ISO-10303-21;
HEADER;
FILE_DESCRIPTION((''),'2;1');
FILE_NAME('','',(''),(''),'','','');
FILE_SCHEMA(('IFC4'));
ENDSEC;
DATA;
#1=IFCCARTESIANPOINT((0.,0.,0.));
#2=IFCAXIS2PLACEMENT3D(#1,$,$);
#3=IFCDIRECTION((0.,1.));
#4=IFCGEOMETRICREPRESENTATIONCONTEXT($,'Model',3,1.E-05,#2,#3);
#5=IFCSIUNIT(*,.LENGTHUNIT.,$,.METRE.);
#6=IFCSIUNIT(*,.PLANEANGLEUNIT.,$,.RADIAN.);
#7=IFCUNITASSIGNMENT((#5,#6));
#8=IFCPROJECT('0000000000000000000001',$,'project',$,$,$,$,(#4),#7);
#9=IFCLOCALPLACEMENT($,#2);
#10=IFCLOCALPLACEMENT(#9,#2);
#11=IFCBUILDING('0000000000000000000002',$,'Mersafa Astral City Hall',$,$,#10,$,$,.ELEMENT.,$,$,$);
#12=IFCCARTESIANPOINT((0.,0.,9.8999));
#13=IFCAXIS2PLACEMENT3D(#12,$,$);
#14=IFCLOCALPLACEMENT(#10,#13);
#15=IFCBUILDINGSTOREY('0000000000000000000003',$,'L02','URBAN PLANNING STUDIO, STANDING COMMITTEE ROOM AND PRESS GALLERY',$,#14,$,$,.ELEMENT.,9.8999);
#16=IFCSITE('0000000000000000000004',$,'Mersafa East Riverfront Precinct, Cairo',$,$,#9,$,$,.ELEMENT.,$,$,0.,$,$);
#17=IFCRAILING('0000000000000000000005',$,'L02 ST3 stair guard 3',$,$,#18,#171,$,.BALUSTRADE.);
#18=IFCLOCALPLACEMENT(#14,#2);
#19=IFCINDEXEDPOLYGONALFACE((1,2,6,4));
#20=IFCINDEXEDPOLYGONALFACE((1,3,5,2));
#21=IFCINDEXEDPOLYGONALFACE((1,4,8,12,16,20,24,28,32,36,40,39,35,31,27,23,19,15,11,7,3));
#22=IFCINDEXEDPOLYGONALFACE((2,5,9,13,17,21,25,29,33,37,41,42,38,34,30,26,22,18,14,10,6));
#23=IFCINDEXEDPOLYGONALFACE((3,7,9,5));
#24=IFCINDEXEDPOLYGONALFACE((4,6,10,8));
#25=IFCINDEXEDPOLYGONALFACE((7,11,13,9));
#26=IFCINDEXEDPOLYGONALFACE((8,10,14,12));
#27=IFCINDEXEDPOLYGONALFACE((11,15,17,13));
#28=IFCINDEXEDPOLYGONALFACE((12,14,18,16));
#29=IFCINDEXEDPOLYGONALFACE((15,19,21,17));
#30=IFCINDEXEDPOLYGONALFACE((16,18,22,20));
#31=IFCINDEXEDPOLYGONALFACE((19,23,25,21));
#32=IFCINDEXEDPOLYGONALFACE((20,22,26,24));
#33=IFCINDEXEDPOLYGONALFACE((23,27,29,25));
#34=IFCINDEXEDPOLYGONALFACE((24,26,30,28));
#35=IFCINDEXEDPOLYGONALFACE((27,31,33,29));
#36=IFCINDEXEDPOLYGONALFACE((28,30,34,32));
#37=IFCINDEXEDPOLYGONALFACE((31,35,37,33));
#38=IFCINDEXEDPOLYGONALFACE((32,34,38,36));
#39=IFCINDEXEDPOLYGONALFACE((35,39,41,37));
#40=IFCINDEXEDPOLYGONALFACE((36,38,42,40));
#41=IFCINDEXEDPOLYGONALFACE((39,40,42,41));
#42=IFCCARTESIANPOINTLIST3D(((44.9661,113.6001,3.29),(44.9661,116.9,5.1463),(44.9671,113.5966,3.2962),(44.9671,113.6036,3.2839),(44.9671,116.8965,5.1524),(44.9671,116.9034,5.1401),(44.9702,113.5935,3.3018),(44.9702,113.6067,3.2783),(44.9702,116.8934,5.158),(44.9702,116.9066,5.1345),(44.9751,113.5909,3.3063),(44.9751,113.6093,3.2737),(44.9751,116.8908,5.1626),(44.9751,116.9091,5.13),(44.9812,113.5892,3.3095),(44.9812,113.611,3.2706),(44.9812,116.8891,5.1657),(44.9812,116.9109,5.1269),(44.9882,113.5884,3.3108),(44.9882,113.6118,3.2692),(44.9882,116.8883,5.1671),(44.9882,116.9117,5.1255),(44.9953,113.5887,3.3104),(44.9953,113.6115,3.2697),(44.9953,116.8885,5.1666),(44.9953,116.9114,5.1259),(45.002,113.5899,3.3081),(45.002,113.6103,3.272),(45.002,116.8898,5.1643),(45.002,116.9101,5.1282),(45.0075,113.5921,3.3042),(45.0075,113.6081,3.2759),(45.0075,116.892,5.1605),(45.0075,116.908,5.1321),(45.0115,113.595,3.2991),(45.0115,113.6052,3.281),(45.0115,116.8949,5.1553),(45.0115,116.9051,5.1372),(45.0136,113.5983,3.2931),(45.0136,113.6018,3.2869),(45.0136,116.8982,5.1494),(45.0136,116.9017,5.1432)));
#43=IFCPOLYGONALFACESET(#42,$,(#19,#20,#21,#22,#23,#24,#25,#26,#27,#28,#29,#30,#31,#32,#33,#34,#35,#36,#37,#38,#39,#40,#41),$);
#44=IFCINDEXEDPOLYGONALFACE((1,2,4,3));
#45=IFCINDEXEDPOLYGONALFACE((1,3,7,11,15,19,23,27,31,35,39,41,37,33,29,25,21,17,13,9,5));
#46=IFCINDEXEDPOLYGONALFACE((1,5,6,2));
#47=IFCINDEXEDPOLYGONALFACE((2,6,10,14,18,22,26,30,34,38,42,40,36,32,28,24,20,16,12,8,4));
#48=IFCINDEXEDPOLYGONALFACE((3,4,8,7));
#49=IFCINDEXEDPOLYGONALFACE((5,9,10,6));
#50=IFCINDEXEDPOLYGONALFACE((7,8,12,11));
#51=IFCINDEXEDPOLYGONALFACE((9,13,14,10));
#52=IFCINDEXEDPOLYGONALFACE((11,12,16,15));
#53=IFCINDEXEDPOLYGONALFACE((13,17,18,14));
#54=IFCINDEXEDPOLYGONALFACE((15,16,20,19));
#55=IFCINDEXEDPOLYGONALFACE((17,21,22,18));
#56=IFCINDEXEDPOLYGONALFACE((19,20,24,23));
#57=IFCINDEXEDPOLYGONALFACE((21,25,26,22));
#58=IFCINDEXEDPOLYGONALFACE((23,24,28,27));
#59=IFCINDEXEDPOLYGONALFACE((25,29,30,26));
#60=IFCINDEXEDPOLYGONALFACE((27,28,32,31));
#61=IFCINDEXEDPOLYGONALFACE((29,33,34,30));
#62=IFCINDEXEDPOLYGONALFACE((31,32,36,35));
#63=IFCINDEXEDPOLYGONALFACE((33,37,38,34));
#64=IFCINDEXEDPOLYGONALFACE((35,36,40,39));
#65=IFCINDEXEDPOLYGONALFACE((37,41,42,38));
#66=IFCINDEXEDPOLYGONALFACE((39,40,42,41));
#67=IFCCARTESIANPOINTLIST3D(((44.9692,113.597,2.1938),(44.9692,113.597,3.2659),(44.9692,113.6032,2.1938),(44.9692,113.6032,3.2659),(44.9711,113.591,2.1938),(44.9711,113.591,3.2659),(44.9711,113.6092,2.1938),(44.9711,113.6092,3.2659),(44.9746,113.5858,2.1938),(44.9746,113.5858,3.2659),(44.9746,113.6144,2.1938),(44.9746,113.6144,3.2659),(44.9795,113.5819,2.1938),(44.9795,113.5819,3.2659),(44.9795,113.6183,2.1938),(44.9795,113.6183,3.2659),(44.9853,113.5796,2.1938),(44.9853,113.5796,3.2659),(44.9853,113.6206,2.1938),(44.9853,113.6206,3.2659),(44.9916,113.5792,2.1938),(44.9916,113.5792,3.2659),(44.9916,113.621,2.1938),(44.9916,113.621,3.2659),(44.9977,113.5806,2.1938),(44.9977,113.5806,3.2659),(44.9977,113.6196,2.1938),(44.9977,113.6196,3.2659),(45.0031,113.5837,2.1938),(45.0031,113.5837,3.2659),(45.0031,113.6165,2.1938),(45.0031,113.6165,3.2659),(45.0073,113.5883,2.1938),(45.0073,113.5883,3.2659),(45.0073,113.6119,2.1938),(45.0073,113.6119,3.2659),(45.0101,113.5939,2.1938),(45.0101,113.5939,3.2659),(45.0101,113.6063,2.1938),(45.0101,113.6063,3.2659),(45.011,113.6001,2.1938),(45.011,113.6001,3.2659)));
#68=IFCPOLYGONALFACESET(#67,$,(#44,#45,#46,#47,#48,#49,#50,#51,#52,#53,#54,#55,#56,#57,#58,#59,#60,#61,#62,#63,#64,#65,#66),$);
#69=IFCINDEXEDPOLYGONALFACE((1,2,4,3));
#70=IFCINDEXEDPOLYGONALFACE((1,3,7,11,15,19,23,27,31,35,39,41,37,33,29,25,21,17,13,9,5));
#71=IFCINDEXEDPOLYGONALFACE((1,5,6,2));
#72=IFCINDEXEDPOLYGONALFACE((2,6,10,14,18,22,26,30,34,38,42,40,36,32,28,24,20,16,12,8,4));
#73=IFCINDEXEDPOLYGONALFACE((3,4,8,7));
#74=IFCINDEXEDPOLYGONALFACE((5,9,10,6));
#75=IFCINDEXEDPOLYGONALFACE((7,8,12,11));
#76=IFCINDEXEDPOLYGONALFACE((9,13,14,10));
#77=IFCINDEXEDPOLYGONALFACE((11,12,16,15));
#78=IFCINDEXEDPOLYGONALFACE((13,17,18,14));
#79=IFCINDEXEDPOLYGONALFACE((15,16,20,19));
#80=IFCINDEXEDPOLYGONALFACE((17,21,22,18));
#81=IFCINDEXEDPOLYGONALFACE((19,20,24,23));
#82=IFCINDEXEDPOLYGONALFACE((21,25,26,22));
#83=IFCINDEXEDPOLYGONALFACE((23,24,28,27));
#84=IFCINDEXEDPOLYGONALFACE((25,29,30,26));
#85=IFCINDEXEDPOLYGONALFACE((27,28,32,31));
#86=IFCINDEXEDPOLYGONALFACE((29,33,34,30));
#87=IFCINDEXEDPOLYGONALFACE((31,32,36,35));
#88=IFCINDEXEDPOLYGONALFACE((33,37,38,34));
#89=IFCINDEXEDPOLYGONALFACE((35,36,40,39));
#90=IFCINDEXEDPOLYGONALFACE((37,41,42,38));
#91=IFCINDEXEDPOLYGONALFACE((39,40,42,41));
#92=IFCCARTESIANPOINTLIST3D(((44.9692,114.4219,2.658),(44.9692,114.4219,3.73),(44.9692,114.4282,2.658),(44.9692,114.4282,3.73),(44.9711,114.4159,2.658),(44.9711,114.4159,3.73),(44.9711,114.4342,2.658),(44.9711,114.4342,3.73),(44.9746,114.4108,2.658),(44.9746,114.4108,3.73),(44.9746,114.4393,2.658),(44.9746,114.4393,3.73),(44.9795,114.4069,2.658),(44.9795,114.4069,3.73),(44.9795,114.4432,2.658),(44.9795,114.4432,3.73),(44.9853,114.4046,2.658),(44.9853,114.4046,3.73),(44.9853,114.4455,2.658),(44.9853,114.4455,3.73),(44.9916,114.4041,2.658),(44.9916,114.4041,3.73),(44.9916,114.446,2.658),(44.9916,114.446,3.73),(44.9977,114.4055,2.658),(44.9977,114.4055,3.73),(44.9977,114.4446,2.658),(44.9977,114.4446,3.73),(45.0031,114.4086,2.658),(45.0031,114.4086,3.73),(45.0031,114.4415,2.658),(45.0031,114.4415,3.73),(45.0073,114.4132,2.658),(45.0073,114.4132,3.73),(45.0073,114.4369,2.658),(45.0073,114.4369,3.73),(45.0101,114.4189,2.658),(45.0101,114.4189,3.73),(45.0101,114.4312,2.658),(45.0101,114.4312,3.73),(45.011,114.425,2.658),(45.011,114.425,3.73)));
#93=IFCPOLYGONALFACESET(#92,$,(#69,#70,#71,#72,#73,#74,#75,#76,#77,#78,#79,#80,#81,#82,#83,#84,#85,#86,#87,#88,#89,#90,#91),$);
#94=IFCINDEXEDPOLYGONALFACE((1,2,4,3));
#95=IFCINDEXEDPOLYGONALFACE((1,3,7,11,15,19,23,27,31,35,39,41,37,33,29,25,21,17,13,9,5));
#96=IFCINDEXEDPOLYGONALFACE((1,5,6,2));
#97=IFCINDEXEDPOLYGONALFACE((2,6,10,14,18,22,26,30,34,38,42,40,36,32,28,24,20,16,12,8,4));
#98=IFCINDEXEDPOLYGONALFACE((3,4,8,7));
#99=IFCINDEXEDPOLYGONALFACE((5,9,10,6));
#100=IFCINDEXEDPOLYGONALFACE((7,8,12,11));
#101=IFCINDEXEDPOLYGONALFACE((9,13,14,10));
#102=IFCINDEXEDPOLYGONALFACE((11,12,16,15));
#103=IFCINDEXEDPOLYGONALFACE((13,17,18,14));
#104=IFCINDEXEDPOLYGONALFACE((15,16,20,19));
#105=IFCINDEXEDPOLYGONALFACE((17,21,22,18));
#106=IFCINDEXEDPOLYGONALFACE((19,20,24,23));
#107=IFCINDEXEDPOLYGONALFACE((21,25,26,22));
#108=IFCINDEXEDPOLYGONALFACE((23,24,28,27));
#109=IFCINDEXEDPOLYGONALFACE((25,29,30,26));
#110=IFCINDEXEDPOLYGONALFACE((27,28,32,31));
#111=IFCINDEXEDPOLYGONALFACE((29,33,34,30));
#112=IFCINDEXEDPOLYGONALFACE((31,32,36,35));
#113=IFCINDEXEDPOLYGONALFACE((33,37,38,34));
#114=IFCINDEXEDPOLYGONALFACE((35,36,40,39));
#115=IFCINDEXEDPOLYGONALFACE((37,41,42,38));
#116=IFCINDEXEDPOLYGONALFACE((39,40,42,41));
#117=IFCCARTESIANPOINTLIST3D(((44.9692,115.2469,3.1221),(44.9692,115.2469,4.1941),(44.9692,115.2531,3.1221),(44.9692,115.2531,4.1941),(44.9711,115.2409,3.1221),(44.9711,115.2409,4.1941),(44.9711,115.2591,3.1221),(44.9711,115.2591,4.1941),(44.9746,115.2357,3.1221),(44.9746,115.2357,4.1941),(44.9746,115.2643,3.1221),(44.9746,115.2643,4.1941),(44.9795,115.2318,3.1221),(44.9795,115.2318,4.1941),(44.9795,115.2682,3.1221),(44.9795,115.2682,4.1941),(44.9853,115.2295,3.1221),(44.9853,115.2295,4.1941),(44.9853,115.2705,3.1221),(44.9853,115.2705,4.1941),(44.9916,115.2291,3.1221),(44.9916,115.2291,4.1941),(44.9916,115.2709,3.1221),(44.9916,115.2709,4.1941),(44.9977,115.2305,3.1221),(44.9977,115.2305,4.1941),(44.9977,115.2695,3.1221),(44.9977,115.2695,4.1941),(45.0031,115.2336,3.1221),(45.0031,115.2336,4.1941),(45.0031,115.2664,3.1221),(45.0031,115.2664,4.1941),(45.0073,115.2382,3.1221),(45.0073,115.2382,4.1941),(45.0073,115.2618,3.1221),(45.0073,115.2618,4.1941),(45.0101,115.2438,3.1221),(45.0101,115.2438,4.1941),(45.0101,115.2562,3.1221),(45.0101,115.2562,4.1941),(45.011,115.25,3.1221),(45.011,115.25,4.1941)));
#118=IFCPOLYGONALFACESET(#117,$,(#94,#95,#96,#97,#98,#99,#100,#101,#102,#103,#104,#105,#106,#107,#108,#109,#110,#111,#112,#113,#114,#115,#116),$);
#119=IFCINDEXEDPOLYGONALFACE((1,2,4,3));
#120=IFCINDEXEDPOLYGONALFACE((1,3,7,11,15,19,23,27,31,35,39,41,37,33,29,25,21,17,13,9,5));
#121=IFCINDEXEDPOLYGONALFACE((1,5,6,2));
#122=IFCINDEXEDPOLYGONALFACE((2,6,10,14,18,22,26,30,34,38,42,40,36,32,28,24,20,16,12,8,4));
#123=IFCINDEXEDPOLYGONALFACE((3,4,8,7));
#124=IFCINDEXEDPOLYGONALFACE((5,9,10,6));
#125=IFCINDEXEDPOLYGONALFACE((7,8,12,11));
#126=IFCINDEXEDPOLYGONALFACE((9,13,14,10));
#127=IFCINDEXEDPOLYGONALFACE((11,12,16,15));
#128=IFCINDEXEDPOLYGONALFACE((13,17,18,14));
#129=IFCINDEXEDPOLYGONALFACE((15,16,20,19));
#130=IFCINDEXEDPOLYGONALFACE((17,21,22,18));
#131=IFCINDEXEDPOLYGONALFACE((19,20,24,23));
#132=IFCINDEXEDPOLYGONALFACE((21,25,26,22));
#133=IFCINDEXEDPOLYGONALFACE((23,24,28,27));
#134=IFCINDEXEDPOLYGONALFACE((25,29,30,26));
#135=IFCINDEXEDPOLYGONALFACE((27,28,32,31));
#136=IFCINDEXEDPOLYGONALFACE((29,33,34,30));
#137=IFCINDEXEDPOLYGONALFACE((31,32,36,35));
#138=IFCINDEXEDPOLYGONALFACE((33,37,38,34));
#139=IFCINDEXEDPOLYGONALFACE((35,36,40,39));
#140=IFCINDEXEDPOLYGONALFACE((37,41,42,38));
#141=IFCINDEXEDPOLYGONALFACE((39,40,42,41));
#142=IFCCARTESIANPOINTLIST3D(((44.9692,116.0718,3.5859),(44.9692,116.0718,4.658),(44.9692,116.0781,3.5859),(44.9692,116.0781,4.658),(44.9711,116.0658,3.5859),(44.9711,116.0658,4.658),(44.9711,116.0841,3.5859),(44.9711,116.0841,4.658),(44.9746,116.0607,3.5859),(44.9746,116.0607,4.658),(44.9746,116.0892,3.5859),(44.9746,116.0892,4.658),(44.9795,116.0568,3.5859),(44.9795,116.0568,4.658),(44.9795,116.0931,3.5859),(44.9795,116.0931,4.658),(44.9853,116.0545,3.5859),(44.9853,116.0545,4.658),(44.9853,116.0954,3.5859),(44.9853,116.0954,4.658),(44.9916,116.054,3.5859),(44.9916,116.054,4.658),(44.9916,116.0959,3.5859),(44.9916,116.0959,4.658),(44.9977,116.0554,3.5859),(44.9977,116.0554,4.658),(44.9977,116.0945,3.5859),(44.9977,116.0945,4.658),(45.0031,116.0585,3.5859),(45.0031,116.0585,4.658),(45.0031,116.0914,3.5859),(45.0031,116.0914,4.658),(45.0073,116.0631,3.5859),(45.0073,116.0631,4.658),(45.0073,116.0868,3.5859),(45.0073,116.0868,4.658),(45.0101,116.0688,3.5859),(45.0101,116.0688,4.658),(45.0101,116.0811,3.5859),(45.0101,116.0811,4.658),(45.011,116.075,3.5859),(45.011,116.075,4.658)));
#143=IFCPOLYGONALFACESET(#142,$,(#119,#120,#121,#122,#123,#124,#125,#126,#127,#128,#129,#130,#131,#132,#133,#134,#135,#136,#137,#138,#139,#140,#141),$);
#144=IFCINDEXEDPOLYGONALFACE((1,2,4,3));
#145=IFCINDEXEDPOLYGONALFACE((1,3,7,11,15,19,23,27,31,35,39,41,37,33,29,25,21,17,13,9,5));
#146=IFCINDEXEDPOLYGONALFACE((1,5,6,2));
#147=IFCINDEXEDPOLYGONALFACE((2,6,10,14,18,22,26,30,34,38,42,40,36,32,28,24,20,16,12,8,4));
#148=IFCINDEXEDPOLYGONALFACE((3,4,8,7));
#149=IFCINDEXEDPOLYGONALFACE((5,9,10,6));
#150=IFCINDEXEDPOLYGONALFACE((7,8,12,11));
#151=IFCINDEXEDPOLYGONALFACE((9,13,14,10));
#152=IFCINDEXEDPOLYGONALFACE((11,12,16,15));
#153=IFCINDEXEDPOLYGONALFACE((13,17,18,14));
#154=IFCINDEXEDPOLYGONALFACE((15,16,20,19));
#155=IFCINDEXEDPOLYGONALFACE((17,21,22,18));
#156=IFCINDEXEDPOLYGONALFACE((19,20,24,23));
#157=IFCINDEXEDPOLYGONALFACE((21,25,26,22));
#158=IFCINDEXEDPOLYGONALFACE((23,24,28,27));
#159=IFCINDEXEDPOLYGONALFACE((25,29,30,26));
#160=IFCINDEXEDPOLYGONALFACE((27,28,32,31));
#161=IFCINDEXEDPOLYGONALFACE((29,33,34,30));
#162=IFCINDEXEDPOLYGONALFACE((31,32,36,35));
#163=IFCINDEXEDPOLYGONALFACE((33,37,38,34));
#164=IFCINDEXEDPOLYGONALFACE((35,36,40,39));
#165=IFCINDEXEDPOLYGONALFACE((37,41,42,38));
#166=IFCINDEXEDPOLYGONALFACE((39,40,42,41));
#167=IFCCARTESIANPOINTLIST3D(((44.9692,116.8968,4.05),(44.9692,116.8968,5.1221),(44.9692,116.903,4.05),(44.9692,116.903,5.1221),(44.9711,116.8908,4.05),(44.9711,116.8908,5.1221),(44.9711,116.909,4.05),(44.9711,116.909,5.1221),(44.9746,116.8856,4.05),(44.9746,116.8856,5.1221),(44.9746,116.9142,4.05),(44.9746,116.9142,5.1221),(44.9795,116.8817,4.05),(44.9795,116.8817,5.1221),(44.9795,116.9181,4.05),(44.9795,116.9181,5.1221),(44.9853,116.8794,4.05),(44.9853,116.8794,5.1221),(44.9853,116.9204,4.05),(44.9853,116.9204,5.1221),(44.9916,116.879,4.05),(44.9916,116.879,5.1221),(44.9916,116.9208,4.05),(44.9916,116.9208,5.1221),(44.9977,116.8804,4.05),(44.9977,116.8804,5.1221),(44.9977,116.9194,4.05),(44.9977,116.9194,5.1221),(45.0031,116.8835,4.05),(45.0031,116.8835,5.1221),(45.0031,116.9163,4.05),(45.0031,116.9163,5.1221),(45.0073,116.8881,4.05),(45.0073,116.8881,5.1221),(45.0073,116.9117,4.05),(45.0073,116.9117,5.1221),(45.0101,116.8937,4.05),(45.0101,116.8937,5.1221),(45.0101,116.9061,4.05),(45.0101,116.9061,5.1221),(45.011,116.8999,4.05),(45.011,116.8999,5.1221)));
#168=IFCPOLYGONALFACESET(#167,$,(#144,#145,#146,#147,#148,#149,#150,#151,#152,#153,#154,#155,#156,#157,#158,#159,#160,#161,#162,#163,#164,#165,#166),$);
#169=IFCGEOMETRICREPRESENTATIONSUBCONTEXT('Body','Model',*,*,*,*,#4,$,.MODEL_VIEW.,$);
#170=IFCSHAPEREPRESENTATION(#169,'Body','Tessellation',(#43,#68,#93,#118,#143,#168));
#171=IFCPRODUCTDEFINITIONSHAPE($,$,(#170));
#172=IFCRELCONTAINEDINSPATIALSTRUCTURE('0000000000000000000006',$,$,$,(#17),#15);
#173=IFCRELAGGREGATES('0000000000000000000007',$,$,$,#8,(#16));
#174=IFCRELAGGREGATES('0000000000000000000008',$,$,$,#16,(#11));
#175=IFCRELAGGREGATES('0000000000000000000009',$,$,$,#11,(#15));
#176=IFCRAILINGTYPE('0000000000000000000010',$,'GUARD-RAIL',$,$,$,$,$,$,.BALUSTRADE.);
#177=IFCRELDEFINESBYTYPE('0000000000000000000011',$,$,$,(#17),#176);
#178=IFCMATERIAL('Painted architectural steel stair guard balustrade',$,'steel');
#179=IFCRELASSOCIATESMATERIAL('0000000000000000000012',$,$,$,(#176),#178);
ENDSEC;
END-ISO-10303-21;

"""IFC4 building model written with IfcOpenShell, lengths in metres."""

from ifc_helpers import new_model, si_unit, direction, frame, origin, origin_2d, place, context, subcontext, project, spatial, circle, extrude, material, type_object, element, save


model = new_model("IFC4")

# Units and contexts
model_context = context("Model", 3, precision=1e-05, world=origin(), true_north=direction((0.0, 1.0)))
body_context = subcontext(model_context, "Body", "Model", "MODEL_VIEW")
ifc_project = project(units=[si_unit("LENGTHUNIT", "METRE"), si_unit("PLANEANGLEUNIT", "RADIAN")], contexts=[model_context])

# Site, building, storey
site_placement = place(None, origin())
site = spatial("IfcSite", under=ifc_project, at=site_placement, Name="Mersafa East Riverfront Precinct, Cairo", CompositionType="ELEMENT", RefElevation=0.0)
building_placement = place(site_placement, origin())
building = spatial("IfcBuilding", under=site, at=building_placement, Name="Mersafa Astral City Hall", CompositionType="ELEMENT")
storey_placement = place(building_placement, frame((0.0, 0.0, 9.8999)))
storey = spatial("IfcBuildingStorey", under=building, at=storey_placement, Name="L02", Description="URBAN PLANNING STUDIO, STANDING COMMITTEE ROOM AND PRESS GALLERY", CompositionType="ELEMENT", Elevation=9.8999)

# Railing
ifc_material_1 = material(Name="Painted architectural steel stair guard balustrade", Category="steel")
railing_type_1 = type_object("IfcRailingType", Name="GUARD-RAIL", PredefinedType="BALUSTRADE", material=ifc_material_1)
railing_1_placement = place(storey_placement, frame((44.99, 113.6001, 2.1938)))
element("IfcRailing", 1, at=railing_1_placement, inside=storey, type_object=railing_type_1, Name="L02 ST3 stair guard 3", PredefinedType="BALUSTRADE", context=body_context, shape_type="SweptSolid", body=[
    extrude(circle(Radius=0.0239, at=origin_2d()), frame((0.0, 0.0, 1.0962), z_axis=(0.0, 0.871569, 0.490273), x_axis=(-1.0, 0.0, 0.0)), (0.0, 0.0, 1.0), 3.7861),
    extrude(circle(Radius=0.021, at=origin_2d()), origin(), (0.0, 0.0, 1.0), 1.072),
    extrude(circle(Radius=0.021, at=origin_2d()), frame((0.0, 0.825, 0.4641)), (0.0, 0.0, 1.0), 1.072),
    extrude(circle(Radius=0.021, at=origin_2d()), frame((0.0, 1.6499, 0.9282)), (0.0, 0.0, 1.0), 1.072),
    extrude(circle(Radius=0.021, at=origin_2d()), frame((0.0, 2.4749, 1.3921)), (0.0, 0.0, 1.0), 1.072),
    extrude(circle(Radius=0.021, at=origin_2d()), frame((0.0, 3.2998, 1.8562)), (0.0, 0.0, 1.0), 1.072),
])

save(model, "model.ifc")
